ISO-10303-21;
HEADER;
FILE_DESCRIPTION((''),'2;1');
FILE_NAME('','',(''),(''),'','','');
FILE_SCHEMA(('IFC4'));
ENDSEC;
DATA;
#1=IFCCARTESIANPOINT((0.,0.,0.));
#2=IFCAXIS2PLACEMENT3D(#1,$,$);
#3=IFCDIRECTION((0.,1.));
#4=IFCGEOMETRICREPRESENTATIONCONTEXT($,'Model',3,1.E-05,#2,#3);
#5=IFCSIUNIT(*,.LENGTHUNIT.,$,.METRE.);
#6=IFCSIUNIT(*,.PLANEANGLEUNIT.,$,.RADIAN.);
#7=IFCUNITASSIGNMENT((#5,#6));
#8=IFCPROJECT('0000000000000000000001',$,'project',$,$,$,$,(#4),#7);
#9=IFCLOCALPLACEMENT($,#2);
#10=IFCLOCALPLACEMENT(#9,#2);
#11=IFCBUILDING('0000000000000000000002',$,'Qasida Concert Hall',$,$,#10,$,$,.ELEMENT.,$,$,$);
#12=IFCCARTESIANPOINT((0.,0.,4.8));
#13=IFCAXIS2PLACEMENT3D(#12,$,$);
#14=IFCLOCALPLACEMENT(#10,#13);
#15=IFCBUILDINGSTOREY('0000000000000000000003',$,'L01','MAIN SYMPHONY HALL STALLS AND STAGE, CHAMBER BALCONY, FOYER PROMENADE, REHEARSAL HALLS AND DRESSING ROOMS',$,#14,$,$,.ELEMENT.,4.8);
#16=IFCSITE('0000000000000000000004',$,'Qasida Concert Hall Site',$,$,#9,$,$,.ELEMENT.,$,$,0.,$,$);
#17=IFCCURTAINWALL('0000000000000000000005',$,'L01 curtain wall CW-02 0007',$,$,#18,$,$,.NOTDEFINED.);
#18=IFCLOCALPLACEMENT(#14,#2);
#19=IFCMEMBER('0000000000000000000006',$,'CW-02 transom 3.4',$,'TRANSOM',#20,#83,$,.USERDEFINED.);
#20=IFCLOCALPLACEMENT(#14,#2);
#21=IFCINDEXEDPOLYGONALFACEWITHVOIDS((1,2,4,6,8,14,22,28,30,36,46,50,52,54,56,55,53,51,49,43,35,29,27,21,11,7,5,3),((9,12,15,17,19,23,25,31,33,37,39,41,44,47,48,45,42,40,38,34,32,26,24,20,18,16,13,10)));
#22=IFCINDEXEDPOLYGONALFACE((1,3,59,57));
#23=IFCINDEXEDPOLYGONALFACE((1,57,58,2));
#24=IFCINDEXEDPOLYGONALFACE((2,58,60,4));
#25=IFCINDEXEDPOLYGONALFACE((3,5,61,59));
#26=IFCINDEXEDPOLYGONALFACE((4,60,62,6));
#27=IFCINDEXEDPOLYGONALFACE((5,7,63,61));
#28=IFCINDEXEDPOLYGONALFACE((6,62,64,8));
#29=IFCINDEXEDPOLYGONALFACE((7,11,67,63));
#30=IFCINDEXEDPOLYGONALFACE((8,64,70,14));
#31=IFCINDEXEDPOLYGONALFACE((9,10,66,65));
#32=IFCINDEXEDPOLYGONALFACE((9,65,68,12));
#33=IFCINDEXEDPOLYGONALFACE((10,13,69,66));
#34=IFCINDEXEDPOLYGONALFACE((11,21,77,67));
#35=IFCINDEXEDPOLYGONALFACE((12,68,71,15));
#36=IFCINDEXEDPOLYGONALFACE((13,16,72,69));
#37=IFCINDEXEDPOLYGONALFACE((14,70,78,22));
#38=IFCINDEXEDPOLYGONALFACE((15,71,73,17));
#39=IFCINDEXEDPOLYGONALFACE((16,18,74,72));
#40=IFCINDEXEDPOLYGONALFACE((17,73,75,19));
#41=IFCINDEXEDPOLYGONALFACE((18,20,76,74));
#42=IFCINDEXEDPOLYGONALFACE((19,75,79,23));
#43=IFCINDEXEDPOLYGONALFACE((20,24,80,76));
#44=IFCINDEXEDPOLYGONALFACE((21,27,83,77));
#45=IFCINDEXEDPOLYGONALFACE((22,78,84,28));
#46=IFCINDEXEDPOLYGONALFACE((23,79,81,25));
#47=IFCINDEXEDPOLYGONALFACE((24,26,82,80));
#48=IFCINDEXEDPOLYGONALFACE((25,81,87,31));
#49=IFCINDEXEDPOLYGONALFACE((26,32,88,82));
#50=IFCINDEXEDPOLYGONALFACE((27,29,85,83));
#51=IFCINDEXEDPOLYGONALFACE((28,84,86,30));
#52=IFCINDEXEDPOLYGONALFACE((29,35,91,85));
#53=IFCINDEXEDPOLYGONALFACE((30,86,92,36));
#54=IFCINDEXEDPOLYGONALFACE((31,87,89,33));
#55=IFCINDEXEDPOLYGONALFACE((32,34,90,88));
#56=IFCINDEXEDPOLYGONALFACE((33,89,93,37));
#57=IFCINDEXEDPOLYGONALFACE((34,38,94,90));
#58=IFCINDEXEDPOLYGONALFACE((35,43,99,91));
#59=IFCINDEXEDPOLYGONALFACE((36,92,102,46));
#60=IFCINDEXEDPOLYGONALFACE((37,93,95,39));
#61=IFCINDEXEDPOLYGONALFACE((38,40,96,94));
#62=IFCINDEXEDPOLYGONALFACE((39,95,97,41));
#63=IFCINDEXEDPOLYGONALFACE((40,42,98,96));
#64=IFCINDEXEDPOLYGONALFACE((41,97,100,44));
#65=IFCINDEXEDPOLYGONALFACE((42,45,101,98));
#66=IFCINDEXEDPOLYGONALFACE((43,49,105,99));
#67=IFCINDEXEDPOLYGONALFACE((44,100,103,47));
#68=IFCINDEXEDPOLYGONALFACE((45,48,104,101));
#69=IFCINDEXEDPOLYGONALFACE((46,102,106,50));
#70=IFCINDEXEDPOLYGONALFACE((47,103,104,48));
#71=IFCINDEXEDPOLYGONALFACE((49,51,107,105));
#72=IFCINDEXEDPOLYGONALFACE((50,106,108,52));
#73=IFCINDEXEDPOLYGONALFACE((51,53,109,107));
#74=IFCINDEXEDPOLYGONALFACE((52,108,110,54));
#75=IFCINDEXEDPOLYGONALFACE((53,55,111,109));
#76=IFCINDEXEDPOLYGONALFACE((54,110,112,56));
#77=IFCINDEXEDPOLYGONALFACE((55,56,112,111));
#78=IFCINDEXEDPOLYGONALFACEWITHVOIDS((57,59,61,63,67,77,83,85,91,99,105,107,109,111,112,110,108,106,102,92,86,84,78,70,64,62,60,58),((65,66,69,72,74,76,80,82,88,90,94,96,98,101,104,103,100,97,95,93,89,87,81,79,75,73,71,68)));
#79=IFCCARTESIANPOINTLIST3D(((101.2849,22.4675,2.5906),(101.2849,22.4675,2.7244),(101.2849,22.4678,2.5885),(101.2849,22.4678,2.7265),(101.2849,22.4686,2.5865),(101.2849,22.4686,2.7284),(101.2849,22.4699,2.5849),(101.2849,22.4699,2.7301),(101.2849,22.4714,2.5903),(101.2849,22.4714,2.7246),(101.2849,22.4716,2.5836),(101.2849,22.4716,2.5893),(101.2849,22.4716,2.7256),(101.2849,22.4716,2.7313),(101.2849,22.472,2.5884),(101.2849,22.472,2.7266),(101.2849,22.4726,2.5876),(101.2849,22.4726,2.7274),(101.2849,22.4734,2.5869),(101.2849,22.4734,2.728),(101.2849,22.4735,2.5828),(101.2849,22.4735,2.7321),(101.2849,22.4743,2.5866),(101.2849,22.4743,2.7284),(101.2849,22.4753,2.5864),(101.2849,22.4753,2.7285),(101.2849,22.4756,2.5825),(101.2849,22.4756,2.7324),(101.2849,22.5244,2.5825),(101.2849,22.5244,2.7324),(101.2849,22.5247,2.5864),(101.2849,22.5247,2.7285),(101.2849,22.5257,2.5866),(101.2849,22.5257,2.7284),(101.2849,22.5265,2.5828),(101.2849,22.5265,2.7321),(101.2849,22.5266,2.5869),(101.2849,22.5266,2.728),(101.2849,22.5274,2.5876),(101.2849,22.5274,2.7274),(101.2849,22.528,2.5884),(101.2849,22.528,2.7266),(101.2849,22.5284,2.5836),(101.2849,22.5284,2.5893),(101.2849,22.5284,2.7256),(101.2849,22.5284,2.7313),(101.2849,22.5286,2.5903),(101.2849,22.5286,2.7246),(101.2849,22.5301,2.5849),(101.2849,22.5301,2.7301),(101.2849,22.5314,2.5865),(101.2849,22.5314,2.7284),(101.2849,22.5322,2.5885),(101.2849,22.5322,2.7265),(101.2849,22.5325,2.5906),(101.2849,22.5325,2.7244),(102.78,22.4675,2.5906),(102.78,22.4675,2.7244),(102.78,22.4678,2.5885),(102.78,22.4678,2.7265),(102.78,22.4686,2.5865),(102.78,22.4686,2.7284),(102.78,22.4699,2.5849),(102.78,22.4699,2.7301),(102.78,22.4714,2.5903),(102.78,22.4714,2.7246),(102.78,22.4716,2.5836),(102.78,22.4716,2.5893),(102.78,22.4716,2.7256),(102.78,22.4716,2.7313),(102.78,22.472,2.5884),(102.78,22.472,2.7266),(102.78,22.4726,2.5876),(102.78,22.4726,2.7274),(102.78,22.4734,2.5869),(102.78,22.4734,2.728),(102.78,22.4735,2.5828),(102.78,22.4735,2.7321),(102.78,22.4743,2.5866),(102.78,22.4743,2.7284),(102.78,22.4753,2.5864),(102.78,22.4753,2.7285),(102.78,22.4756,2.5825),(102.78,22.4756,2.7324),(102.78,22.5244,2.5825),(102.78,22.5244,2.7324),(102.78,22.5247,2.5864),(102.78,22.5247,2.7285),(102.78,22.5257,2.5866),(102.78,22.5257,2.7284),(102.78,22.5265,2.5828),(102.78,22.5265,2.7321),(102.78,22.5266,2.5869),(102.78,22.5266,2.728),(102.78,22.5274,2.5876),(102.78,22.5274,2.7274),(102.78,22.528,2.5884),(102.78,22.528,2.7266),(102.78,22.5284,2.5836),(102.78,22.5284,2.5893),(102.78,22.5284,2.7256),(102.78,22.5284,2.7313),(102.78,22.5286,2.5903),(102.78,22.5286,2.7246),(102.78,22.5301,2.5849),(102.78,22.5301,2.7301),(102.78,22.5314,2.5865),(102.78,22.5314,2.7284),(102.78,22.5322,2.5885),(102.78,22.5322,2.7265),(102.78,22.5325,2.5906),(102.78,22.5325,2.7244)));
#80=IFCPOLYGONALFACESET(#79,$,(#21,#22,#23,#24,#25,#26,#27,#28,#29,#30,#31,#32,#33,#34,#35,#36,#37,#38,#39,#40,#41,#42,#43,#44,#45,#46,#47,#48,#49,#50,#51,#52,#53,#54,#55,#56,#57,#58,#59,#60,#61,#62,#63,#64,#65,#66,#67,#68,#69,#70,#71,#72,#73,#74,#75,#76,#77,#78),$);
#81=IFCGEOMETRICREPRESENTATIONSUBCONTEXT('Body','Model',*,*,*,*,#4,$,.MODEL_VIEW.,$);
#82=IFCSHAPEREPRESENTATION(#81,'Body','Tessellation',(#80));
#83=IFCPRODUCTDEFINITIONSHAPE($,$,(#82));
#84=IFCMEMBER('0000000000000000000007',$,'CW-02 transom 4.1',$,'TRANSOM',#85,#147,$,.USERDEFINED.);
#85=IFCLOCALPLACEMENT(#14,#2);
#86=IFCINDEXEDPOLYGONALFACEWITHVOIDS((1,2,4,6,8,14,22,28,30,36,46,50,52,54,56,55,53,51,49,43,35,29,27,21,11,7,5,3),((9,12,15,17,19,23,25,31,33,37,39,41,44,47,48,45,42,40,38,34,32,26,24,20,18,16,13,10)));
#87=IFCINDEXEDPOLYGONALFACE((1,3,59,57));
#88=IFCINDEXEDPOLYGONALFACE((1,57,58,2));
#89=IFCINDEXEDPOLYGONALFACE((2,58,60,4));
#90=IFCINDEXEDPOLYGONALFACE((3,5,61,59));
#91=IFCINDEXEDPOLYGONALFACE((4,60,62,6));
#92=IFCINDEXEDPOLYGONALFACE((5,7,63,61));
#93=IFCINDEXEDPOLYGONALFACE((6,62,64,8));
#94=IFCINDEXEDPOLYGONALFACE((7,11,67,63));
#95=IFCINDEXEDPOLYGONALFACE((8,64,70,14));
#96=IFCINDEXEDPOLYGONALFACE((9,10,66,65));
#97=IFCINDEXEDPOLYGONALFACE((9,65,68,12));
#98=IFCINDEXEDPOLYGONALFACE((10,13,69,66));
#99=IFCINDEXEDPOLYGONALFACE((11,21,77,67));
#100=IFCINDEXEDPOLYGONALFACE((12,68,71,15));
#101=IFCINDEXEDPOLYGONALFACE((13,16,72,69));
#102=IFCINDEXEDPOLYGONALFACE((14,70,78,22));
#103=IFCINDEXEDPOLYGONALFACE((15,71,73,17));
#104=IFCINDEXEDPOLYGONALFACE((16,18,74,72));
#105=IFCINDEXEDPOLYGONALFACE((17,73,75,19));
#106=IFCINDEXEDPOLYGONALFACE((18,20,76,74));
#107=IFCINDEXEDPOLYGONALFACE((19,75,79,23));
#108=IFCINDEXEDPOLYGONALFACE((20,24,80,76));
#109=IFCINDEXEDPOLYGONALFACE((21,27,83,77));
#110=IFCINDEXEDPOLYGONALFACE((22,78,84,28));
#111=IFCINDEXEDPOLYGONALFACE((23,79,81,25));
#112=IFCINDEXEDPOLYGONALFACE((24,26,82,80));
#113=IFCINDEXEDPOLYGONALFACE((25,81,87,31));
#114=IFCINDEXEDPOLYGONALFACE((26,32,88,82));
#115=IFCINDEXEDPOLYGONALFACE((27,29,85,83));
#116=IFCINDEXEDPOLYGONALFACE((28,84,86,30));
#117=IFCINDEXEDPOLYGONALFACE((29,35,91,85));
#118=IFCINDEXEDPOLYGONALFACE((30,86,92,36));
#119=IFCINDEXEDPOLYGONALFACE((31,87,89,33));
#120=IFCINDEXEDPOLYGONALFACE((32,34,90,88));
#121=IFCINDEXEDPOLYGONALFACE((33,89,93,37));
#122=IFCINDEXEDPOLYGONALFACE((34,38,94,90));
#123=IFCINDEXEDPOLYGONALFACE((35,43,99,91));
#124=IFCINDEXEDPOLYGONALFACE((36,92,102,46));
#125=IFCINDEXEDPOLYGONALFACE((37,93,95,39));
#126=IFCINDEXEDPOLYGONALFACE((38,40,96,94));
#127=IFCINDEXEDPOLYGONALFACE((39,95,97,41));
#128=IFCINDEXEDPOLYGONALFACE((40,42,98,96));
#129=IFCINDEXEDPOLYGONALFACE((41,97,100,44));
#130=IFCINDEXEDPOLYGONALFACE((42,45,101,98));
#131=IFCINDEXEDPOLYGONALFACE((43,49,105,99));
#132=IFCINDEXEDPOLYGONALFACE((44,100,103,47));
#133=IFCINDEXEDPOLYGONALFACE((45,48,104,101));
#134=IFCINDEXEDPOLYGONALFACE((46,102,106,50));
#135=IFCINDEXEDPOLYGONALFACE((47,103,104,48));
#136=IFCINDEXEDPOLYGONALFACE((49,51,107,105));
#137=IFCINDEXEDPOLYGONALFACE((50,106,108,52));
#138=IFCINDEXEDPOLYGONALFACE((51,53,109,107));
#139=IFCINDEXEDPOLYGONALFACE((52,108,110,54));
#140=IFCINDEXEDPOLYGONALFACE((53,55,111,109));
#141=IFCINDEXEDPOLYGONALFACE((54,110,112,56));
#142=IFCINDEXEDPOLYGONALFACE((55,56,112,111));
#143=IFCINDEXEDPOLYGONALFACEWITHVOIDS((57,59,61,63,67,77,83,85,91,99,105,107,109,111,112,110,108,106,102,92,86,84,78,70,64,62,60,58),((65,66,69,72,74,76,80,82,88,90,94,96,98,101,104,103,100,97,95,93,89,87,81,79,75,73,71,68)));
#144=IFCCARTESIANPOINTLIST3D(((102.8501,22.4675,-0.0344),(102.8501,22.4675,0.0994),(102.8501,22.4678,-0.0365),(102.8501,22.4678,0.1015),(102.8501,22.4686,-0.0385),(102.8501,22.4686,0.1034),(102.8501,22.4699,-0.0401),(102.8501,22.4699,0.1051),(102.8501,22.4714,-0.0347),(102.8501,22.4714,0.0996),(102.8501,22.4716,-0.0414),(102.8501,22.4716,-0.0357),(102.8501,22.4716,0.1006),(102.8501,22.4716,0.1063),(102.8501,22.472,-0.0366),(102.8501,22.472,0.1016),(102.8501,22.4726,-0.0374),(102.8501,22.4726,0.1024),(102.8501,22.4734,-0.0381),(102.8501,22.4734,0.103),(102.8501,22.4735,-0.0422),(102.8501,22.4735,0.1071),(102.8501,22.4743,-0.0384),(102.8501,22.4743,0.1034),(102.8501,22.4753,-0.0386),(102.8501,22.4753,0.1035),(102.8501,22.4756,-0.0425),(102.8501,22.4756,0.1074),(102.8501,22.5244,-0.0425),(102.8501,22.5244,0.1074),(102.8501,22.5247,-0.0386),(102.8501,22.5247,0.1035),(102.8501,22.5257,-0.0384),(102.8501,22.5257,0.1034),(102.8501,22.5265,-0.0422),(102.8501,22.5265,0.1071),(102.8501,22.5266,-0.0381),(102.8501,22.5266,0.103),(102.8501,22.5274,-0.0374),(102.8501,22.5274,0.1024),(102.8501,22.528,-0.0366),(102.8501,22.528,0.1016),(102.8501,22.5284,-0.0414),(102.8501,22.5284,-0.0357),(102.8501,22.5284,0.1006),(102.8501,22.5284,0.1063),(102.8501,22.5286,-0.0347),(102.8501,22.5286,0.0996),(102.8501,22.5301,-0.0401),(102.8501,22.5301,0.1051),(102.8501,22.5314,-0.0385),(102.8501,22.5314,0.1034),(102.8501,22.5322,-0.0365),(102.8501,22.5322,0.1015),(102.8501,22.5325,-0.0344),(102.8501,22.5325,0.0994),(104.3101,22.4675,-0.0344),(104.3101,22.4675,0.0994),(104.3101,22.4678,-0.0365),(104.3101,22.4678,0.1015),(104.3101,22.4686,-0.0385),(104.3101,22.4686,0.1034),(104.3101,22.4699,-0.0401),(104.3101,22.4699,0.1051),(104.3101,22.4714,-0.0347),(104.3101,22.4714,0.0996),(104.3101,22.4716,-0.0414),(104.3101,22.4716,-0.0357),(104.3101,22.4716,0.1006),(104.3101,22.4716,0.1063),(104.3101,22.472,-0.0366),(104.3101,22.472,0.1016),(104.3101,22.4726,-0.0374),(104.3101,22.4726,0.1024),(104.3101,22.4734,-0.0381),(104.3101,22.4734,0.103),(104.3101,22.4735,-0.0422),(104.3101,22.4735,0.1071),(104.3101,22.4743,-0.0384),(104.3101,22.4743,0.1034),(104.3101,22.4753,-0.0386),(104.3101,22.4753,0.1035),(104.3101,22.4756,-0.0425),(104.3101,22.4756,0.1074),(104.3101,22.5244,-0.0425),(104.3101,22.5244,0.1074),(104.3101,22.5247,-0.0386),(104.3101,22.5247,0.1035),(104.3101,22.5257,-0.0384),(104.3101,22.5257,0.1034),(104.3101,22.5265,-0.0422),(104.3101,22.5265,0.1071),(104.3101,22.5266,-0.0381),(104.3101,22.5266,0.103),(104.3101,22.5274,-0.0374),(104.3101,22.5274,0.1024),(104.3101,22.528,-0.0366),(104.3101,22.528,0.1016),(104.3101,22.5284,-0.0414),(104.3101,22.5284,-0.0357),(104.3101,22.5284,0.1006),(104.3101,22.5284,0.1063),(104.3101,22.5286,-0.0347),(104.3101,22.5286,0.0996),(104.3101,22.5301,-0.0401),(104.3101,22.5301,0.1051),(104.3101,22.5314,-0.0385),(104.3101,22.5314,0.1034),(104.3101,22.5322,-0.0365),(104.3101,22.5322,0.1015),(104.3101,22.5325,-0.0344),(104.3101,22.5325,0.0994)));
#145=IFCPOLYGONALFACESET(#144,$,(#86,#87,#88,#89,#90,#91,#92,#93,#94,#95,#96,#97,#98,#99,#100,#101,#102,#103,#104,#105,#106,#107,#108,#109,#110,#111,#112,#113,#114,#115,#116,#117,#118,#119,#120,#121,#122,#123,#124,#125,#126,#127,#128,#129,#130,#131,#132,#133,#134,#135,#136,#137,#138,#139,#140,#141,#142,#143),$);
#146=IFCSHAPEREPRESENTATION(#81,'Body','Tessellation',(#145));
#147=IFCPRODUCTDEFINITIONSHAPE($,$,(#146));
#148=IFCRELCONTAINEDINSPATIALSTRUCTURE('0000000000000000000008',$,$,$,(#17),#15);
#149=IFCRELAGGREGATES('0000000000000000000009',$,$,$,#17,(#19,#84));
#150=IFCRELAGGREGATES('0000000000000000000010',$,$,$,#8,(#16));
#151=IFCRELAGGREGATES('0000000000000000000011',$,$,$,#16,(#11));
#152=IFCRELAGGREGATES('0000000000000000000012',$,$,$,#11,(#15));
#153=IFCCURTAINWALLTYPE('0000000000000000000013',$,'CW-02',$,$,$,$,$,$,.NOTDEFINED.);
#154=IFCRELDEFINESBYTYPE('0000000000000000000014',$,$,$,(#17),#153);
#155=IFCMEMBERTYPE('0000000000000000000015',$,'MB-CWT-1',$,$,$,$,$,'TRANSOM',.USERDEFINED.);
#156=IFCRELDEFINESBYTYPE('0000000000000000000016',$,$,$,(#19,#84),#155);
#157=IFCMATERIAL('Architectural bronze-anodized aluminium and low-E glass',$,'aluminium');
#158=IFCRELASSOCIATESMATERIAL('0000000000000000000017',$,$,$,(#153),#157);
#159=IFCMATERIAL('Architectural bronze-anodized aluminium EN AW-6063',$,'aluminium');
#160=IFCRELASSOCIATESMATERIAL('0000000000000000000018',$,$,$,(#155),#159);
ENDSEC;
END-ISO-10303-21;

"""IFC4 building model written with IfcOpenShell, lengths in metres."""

from ifc_helpers import new_model, si_unit, direction, frame, origin, origin_2d, place, context, subcontext, project, spatial, hollow_rectangle, extrude, material, material_profile, profile_set, type_object, element, aggregate, save


model = new_model("IFC4")

# Units and contexts
model_context = context("Model", 3, precision=1e-05, world=origin(), true_north=direction((0.0, 1.0)))
body_context = subcontext(model_context, "Body", "Model", "MODEL_VIEW")
ifc_project = project(units=[si_unit("LENGTHUNIT", "METRE"), si_unit("PLANEANGLEUNIT", "RADIAN")], contexts=[model_context])

# Site, building, storey
site_placement = place(None, origin())
site = spatial("IfcSite", under=ifc_project, at=site_placement, Name="Qasida Concert Hall Site", CompositionType="ELEMENT", RefElevation=0.0)
building_placement = place(site_placement, origin())
building = spatial("IfcBuilding", under=site, at=building_placement, Name="Qasida Concert Hall", CompositionType="ELEMENT")
storey_placement = place(building_placement, frame((0.0, 0.0, 4.8)))
storey = spatial("IfcBuildingStorey", under=building, at=storey_placement, Name="L01", Description="MAIN SYMPHONY HALL STALLS AND STAGE, CHAMBER BALCONY, FOYER PROMENADE, REHEARSAL HALLS AND DRESSING ROOMS", CompositionType="ELEMENT", Elevation=4.8)

# Curtain wall, members
ifc_material_1 = material(Name="Architectural bronze-anodized aluminium and low-E glass", Category="aluminium")
curtain_wall_type = type_object("IfcCurtainWallType", Name="CW-02", PredefinedType="NOTDEFINED", material=ifc_material_1)
curtain_wall_placement = place(storey_placement, origin())
curtain_wall = element("IfcCurtainWall", 1, at=curtain_wall_placement, inside=storey, type_object=curtain_wall_type, Name="L01 curtain wall CW-02 0007", PredefinedType="NOTDEFINED")
ifc_material_2 = material(Name="Architectural bronze-anodized aluminium EN AW-6063", Category="aluminium")
ifc_material_profile_1 = material_profile(ifc_material_2, hollow_rectangle(XDim=0.0649, YDim=0.1499, WallThickness=0.0039, InnerFilletRadius=0.0039, OuterFilletRadius=0.0081, at=origin_2d()), Name="CWT 150x65x4")
ifc_profile_set_1 = profile_set([ifc_material_profile_1], Name="Architectural bronze-anodized aluminium EN AW-6063")
member_type_1 = type_object("IfcMemberType", Name="MB-CWT-1", ElementType="TRANSOM", PredefinedType="USERDEFINED", material=ifc_profile_set_1)
member_1_placement = place(storey_placement, frame((101.2849, 22.5, 2.6575), z_axis=(1.0, 0.0, 0.0), x_axis=(0.0, 1.0, 0.0)))
member_1 = element("IfcMember", 2, at=member_1_placement, type_object=member_type_1, Name="CW-02 transom 3.4", ObjectType="TRANSOM", PredefinedType="USERDEFINED", context=body_context, shape_type="SweptSolid", body=[
    extrude(hollow_rectangle(XDim=0.0649, YDim=0.1499, WallThickness=0.0039, InnerFilletRadius=0.0039, OuterFilletRadius=0.0081, at=origin_2d()), origin(), (0.0, 0.0, 1.0), 1.4951),
])
member_2_placement = place(storey_placement, frame((102.8501, 22.5, 0.0325), z_axis=(1.0, 0.0, 0.0), x_axis=(0.0, 1.0, 0.0)))
member_2 = element("IfcMember", 3, at=member_2_placement, type_object=member_type_1, Name="CW-02 transom 4.1", ObjectType="TRANSOM", PredefinedType="USERDEFINED", context=body_context, shape_type="SweptSolid", body=[
    extrude(hollow_rectangle(XDim=0.0649, YDim=0.1499, WallThickness=0.0039, InnerFilletRadius=0.0039, OuterFilletRadius=0.0081, at=origin_2d()), origin(), (0.0, 0.0, 1.0), 1.46),
])
aggregate(curtain_wall, [member_1, member_2])

save(model, "model.ifc")
